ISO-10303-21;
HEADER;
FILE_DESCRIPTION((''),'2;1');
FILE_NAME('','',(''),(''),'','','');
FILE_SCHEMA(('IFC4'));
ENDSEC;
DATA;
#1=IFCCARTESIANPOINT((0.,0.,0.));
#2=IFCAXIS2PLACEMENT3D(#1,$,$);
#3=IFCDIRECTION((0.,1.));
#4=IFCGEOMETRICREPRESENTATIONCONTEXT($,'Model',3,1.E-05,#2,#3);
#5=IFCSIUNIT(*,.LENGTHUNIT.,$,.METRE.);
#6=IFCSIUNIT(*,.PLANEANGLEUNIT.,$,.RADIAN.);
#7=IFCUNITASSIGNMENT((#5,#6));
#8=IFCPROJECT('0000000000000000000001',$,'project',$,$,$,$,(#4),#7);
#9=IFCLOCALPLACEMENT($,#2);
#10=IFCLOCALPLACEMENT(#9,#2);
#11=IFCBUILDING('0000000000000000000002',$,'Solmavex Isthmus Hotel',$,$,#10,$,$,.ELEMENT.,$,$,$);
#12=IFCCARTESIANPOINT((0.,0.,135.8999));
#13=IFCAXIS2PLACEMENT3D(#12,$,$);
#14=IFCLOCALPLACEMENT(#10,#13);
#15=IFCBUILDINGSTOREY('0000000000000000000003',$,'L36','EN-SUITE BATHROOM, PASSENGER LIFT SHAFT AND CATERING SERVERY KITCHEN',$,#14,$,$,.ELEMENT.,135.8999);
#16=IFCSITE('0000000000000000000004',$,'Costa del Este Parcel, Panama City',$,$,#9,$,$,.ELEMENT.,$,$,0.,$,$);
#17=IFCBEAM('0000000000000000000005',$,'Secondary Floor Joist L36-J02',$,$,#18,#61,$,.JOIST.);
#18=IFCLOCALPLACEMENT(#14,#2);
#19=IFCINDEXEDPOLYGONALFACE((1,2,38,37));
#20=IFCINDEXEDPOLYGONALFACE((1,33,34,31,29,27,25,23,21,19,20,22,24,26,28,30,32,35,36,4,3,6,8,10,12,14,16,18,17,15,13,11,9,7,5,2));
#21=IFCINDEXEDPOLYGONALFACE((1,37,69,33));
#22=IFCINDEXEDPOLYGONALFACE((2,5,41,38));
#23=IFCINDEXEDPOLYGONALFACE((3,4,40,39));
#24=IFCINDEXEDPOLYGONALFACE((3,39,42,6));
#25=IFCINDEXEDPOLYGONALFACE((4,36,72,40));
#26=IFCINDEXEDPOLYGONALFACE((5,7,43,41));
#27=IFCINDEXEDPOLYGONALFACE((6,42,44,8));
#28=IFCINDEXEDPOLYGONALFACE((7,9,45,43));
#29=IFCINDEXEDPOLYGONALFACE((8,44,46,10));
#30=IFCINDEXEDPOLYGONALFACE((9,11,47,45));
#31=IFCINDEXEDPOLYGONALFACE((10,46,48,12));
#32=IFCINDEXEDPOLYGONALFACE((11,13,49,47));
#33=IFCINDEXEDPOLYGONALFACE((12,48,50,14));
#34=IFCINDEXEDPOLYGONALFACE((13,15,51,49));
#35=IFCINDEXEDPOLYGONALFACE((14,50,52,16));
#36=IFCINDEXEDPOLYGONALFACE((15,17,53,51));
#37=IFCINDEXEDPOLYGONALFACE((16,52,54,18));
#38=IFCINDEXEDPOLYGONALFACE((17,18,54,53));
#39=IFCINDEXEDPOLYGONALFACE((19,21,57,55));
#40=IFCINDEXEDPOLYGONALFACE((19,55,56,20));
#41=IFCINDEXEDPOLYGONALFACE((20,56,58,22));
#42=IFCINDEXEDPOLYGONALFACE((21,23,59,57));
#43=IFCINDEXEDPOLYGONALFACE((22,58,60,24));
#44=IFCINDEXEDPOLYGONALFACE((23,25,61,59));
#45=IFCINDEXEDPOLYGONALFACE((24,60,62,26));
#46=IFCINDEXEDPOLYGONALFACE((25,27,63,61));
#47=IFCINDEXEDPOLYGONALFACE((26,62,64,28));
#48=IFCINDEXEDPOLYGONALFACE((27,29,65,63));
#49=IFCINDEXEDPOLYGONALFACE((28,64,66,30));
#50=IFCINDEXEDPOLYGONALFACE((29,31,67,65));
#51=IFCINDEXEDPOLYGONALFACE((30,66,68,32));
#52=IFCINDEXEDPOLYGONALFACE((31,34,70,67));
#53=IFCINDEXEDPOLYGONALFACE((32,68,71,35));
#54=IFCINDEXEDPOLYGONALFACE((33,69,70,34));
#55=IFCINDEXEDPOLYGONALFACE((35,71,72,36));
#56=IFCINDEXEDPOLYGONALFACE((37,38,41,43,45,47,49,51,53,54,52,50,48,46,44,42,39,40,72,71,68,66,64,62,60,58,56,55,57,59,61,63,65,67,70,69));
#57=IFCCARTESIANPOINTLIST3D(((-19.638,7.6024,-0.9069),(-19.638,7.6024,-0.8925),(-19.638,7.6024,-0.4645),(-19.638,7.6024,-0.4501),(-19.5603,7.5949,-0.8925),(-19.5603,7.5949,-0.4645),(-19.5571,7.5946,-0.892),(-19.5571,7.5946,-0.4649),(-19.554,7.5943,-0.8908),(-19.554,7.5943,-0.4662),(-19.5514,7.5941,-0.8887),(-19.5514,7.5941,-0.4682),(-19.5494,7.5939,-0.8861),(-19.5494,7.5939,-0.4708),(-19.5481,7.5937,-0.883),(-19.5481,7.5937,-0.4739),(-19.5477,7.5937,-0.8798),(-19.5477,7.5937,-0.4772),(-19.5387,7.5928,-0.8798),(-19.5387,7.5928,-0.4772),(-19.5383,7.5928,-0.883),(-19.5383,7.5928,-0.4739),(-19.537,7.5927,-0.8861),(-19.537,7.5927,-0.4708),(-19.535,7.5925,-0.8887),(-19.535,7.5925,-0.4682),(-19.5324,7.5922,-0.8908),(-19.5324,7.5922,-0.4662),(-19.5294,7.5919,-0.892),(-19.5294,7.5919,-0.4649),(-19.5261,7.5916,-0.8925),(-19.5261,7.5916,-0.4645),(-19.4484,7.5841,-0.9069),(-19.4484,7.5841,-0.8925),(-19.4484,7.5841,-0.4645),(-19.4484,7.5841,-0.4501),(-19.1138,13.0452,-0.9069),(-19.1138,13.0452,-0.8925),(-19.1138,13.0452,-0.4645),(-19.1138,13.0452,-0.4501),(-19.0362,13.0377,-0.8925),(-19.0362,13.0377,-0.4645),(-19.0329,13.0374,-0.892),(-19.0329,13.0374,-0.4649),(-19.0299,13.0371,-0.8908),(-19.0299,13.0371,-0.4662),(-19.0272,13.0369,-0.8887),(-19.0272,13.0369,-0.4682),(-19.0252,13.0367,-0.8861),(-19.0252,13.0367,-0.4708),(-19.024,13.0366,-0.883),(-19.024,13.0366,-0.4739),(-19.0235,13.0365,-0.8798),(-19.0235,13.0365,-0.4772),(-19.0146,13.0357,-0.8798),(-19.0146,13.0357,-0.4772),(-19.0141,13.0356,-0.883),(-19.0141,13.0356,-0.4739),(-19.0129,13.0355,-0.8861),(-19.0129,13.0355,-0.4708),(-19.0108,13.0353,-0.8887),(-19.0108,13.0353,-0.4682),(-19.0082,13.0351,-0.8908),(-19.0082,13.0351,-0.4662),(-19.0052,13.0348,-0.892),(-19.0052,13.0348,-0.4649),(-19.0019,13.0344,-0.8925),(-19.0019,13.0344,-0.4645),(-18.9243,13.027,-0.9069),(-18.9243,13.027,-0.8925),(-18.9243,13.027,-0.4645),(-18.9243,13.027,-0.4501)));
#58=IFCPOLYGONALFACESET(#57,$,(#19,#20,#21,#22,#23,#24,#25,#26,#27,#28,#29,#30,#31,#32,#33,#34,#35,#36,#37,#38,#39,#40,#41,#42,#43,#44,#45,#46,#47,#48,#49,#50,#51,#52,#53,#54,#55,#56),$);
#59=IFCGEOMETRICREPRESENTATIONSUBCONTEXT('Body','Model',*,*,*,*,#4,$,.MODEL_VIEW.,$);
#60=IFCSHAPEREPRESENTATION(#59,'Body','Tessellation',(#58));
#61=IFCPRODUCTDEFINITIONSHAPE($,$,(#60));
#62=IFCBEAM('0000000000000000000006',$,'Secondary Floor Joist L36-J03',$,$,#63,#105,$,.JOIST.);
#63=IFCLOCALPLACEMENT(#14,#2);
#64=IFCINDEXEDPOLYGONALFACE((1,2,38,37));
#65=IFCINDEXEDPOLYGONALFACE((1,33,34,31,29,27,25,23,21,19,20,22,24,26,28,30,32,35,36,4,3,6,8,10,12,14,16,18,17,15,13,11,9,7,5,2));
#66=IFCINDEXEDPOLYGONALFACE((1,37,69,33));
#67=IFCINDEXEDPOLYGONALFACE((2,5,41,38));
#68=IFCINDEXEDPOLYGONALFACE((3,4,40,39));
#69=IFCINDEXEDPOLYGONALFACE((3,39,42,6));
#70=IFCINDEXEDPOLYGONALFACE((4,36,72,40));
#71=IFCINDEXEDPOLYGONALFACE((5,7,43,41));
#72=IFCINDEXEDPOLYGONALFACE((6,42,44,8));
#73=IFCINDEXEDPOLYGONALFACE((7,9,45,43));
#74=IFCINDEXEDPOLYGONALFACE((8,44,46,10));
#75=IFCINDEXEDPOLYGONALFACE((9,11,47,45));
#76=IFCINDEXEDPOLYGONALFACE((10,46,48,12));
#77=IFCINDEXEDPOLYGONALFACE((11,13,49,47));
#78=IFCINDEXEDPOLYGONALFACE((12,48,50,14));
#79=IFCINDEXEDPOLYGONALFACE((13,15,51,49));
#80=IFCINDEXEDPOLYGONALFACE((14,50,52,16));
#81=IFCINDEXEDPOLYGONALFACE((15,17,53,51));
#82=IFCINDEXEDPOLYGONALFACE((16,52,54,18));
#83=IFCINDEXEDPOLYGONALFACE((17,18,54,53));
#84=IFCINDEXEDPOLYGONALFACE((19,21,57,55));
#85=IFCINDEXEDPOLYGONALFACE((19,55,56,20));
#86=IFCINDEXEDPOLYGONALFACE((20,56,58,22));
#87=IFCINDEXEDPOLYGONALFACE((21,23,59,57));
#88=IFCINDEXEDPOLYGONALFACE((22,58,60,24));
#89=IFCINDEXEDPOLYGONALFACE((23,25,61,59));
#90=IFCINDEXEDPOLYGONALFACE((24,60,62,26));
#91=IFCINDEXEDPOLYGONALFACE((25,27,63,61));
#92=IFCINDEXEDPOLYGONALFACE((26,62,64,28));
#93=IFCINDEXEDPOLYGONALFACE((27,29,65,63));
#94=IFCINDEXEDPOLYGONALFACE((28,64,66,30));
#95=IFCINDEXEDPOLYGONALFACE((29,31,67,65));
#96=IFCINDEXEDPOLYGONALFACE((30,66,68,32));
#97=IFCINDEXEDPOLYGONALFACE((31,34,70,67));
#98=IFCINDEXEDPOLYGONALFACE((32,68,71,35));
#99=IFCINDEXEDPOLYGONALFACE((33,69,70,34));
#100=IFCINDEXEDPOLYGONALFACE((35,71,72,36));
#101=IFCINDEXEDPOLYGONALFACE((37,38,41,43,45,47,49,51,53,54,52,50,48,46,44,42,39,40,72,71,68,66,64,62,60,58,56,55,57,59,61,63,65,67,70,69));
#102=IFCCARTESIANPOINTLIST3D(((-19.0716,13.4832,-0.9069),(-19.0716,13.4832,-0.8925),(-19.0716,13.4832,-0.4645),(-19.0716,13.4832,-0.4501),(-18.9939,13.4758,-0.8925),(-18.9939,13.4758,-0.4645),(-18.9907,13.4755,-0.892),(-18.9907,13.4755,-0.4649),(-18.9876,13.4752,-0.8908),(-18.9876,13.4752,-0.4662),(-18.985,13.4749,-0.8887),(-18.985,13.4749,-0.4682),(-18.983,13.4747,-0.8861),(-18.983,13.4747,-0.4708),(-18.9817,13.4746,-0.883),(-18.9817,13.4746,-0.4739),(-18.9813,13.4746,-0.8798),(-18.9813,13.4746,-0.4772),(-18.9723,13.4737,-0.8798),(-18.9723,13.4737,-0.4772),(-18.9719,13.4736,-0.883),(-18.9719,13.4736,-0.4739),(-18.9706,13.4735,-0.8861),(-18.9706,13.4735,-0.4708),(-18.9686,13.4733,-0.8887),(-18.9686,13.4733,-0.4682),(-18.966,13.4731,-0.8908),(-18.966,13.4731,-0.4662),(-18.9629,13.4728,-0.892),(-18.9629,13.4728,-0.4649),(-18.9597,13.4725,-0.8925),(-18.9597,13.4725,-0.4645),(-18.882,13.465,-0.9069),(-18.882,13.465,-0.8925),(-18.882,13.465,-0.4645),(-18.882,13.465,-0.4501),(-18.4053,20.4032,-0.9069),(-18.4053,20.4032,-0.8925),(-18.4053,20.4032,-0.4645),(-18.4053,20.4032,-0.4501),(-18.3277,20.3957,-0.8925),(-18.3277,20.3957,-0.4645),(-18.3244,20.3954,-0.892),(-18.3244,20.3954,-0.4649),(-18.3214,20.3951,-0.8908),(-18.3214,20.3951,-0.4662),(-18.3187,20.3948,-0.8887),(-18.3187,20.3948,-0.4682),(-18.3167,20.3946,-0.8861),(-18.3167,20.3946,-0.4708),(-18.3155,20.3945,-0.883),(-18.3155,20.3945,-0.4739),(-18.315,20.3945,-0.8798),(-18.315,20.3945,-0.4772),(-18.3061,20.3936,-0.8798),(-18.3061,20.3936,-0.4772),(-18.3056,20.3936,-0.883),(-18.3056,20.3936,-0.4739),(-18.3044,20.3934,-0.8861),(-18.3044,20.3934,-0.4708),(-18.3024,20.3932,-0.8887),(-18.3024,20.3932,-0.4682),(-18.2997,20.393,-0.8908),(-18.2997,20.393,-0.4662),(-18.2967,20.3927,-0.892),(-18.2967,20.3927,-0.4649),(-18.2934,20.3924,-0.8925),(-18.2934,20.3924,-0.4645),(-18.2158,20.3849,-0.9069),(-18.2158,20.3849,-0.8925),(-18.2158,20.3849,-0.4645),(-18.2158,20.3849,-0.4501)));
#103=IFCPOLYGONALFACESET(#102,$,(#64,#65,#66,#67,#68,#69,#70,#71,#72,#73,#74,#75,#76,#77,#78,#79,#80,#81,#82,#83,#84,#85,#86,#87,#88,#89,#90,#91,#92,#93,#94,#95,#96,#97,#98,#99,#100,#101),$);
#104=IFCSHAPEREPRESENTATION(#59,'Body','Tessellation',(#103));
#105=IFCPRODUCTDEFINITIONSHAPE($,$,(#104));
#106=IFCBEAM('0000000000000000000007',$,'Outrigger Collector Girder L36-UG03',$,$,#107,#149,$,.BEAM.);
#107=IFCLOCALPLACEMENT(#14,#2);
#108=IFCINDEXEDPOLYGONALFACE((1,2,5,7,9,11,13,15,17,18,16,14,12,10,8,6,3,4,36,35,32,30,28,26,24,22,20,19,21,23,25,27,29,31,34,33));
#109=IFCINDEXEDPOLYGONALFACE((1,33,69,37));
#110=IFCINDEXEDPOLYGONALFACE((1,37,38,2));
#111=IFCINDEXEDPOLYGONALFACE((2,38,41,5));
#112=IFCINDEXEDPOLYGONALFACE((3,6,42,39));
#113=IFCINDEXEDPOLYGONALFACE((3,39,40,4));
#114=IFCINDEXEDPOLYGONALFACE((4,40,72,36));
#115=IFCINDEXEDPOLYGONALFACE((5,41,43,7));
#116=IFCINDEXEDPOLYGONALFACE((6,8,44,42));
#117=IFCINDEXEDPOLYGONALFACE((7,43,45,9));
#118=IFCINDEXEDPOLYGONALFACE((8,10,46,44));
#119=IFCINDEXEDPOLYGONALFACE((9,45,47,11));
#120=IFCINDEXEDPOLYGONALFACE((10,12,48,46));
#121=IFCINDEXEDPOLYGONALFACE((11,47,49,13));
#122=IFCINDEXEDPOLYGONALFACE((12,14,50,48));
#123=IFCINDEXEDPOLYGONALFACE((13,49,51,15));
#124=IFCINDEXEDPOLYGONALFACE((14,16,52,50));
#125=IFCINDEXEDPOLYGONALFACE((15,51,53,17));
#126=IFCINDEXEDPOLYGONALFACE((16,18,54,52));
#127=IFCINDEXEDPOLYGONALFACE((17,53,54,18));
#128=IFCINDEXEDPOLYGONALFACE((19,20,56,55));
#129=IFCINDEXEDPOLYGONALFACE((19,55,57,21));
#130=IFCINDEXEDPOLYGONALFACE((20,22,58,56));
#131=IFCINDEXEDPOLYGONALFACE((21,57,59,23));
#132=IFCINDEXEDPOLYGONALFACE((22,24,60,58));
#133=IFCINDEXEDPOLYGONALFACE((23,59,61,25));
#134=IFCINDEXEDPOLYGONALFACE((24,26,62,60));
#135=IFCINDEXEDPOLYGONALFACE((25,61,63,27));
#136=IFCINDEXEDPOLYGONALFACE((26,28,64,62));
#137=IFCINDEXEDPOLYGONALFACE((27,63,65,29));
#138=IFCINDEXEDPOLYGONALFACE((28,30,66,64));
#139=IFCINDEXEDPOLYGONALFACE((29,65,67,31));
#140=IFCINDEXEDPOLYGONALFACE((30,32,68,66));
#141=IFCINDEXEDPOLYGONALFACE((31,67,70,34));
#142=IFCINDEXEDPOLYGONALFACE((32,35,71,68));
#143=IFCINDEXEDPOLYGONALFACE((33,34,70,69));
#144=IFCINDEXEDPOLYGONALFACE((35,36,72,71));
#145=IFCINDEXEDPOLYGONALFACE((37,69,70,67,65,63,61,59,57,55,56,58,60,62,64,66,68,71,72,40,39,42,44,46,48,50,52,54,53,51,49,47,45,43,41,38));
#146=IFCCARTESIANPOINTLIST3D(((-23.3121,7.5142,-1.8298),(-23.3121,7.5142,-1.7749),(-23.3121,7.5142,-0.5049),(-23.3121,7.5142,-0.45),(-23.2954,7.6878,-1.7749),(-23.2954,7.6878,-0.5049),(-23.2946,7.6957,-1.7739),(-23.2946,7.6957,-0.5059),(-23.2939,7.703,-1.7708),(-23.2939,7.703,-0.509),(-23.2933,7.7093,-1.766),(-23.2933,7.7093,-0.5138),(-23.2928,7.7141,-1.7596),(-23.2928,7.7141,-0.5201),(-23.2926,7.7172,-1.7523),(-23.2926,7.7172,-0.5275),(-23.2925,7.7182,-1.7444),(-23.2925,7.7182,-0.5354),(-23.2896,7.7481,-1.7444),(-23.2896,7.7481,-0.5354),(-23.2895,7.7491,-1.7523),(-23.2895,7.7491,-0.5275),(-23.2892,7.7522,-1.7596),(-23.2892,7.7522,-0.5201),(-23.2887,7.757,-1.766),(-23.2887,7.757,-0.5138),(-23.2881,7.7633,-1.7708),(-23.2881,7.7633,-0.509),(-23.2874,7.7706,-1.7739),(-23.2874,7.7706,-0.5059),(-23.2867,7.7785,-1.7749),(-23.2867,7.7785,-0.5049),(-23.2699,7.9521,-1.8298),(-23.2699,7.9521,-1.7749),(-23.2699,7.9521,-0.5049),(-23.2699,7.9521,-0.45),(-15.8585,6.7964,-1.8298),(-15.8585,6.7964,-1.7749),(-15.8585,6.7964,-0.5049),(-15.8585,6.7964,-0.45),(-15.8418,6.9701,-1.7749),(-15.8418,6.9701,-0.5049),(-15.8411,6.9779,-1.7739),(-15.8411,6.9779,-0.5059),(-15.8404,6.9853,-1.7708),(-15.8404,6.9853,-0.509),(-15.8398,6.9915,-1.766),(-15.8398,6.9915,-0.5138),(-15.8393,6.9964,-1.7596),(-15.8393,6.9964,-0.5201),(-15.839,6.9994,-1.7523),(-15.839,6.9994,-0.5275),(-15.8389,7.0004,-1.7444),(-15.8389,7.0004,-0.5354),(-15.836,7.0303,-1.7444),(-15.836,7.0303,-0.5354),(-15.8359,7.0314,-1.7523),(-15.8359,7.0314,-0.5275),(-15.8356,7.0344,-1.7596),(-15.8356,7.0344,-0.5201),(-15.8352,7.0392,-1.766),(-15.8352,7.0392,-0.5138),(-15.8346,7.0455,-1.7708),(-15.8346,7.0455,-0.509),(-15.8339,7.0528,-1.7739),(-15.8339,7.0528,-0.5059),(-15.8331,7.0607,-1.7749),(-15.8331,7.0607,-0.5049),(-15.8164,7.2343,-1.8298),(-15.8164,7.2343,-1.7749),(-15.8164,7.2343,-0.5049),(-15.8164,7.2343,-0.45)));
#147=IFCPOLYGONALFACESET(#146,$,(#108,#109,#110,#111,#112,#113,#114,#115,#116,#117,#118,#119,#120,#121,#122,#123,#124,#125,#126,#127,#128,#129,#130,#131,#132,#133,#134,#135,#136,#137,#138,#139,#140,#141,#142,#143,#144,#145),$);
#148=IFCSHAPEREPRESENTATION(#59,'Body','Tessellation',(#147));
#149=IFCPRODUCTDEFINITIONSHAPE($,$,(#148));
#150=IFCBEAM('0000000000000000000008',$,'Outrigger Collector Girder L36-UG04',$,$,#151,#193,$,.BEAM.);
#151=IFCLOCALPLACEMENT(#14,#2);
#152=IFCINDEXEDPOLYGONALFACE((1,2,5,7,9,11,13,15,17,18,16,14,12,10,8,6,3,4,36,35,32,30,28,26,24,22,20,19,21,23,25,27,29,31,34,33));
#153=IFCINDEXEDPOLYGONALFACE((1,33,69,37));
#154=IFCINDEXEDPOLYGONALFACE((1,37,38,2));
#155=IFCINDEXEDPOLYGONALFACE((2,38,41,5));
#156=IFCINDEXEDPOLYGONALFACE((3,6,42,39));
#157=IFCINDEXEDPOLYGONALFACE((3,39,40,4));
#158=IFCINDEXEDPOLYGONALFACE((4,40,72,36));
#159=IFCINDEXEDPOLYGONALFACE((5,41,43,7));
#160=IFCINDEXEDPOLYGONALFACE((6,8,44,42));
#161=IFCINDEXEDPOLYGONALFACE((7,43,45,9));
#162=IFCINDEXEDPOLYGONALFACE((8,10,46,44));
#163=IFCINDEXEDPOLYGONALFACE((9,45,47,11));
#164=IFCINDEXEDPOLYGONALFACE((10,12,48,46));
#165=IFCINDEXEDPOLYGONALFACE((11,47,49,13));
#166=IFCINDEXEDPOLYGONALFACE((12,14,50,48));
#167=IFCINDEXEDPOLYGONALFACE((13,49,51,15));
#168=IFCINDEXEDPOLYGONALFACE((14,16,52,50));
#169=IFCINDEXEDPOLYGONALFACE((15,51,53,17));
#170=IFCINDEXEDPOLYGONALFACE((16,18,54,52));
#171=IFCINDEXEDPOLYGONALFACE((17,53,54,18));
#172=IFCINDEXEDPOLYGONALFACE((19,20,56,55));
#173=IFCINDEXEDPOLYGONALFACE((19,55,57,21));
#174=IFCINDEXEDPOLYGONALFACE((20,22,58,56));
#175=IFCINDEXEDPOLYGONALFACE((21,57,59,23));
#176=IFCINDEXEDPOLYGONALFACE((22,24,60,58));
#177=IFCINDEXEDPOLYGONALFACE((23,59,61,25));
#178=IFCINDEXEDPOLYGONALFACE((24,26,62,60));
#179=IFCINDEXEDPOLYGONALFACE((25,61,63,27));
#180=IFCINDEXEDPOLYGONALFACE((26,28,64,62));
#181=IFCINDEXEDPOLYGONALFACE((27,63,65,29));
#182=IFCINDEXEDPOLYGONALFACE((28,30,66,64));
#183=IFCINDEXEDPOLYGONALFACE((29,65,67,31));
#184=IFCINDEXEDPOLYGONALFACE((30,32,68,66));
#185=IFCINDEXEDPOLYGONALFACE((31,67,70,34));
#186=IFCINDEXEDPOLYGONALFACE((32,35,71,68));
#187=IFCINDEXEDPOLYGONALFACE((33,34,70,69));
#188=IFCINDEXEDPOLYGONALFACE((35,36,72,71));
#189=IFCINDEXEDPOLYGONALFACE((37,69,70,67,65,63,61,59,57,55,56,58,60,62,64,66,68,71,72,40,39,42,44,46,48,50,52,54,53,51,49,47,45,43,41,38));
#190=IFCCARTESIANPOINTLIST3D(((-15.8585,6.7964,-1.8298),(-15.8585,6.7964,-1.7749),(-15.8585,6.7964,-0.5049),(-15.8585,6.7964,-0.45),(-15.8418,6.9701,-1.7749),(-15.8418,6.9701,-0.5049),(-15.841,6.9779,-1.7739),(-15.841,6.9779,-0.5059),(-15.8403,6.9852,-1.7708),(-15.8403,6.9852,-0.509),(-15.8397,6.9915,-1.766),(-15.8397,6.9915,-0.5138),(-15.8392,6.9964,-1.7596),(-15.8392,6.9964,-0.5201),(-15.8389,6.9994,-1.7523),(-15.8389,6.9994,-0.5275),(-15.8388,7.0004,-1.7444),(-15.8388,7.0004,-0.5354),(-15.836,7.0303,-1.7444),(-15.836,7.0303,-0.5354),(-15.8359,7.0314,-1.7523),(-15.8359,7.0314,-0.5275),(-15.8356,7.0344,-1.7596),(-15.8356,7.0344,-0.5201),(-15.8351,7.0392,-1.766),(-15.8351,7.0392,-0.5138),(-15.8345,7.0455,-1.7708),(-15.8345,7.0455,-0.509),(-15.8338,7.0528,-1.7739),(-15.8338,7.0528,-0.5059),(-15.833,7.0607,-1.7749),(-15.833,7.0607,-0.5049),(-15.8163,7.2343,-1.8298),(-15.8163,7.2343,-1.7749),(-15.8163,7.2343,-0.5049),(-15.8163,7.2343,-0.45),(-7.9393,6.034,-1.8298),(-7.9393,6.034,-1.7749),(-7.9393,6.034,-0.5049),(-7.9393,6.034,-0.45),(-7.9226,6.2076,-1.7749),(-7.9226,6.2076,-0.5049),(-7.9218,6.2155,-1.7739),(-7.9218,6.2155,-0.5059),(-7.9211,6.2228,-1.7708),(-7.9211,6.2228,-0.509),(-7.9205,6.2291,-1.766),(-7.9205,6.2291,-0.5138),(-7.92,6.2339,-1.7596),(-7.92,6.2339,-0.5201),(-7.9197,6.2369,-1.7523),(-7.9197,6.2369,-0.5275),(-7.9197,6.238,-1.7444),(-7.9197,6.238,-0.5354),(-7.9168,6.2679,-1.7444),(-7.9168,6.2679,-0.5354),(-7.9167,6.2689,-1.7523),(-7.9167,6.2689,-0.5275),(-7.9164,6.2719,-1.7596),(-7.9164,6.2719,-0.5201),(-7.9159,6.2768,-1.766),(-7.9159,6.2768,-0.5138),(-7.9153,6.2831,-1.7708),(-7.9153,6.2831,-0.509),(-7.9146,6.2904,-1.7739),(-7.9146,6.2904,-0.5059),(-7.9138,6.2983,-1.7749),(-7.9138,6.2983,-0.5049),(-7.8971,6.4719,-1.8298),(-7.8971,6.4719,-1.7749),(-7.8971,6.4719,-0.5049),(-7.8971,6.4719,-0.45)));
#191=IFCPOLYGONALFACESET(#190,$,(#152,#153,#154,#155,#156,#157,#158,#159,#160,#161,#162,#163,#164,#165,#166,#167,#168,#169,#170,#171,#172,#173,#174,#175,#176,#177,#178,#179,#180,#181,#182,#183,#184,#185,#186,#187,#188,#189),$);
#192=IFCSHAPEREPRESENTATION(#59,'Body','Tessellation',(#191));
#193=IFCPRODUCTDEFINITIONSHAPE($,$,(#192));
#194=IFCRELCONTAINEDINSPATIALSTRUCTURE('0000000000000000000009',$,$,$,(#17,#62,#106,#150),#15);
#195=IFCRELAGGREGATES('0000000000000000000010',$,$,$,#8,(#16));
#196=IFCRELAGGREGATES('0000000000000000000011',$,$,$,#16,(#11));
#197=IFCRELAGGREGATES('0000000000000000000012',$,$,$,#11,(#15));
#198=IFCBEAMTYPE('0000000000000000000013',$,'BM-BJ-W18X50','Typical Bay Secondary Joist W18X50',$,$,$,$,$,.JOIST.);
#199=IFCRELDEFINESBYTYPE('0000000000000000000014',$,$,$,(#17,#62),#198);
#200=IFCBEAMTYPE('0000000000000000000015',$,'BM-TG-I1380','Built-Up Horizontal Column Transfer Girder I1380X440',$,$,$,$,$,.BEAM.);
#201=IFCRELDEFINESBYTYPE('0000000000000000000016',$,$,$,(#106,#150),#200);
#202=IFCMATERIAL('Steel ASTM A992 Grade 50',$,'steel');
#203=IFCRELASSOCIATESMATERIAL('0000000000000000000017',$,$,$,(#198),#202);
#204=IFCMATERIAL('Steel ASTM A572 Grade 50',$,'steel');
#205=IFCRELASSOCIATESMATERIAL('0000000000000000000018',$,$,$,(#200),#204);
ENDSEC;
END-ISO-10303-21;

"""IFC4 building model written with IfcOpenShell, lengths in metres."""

from ifc_helpers import new_model, si_unit, direction, frame, origin, origin_2d, place, context, subcontext, project, spatial, i_section, extrude, material, material_profile, profile_set, type_object, element, save


model = new_model("IFC4")

# Units and contexts
model_context = context("Model", 3, precision=1e-05, world=origin(), true_north=direction((0.0, 1.0)))
body_context = subcontext(model_context, "Body", "Model", "MODEL_VIEW")
ifc_project = project(units=[si_unit("LENGTHUNIT", "METRE"), si_unit("PLANEANGLEUNIT", "RADIAN")], contexts=[model_context])

# Site, building, storey
site_placement = place(None, origin())
site = spatial("IfcSite", under=ifc_project, at=site_placement, Name="Costa del Este Parcel, Panama City", CompositionType="ELEMENT", RefElevation=0.0)
building_placement = place(site_placement, origin())
building = spatial("IfcBuilding", under=site, at=building_placement, Name="Solmavex Isthmus Hotel", CompositionType="ELEMENT")
storey_placement = place(building_placement, frame((0.0, 0.0, 135.8999)))
storey = spatial("IfcBuildingStorey", under=building, at=storey_placement, Name="L36", Description="EN-SUITE BATHROOM, PASSENGER LIFT SHAFT AND CATERING SERVERY KITCHEN", CompositionType="ELEMENT", Elevation=135.8999)

# Beams
ifc_material_1 = material(Name="Steel ASTM A992 Grade 50", Category="steel")
ifc_material_profile_1 = material_profile(ifc_material_1, i_section(OverallWidth=0.1904, OverallDepth=0.4568, WebThickness=0.009, FlangeThickness=0.0144, FilletRadius=0.0127, at=origin_2d()), Name="W18X50")
ifc_profile_set_1 = profile_set([ifc_material_profile_1], Name="Steel ASTM A992 Grade 50")
beam_type_1 = type_object("IfcBeamType", Name="BM-BJ-W18X50", Description="Typical Bay Secondary Joist W18X50", PredefinedType="JOIST", material=ifc_profile_set_1)
beam_1_placement = place(storey_placement, frame((-19.5432, 7.5933, -0.6785), z_axis=(0.09586, 0.995395, 0.0), x_axis=(-0.995395, 0.09586, 0.0)))
element("IfcBeam", 1, at=beam_1_placement, inside=storey, type_object=beam_type_1, Name="Secondary Floor Joist L36-J02", PredefinedType="JOIST", context=body_context, shape_type="SweptSolid", body=[
    extrude(i_section(OverallWidth=0.1904, OverallDepth=0.4568, WebThickness=0.009, FlangeThickness=0.0144, FilletRadius=0.0127, at=origin_2d()), origin(), (0.0, 0.0, 1.0), 5.468),
])
beam_2_placement = place(storey_placement, frame((-18.9768, 13.4741, -0.6785), z_axis=(0.095838, 0.995397, 0.0), x_axis=(-0.995397, 0.095838, 0.0)))
element("IfcBeam", 2, at=beam_2_placement, inside=storey, type_object=beam_type_1, Name="Secondary Floor Joist L36-J03", PredefinedType="JOIST", context=body_context, shape_type="SweptSolid", body=[
    extrude(i_section(OverallWidth=0.1904, OverallDepth=0.4568, WebThickness=0.009, FlangeThickness=0.0144, FilletRadius=0.0127, at=origin_2d()), origin(), (0.0, 0.0, 1.0), 6.9519),
])
ifc_material_2 = material(Name="Steel ASTM A572 Grade 50", Category="steel")
ifc_material_profile_2 = material_profile(ifc_material_2, i_section(OverallWidth=0.4399, OverallDepth=1.3799, WebThickness=0.03, FlangeThickness=0.0549, FilletRadius=0.0305, at=origin_2d()), Name="I1380X440")
ifc_profile_set_2 = profile_set([ifc_material_profile_2], Name="Steel ASTM A572 Grade 50")
beam_type_2 = type_object("IfcBeamType", Name="BM-TG-I1380", Description="Built-Up Horizontal Column Transfer Girder I1380X440", PredefinedType="BEAM", material=ifc_profile_set_2)
beam_3_placement = place(storey_placement, frame((-23.291, 7.7332, -1.1399), z_axis=(0.995395, -0.095855, 0.0), x_axis=(0.095855, 0.995395, 0.0)))
element("IfcBeam", 3, at=beam_3_placement, inside=storey, type_object=beam_type_2, Name="Outrigger Collector Girder L36-UG03", PredefinedType="BEAM", context=body_context, shape_type="SweptSolid", body=[
    extrude(i_section(OverallWidth=0.4399, OverallDepth=1.3799, WebThickness=0.03, FlangeThickness=0.0549, FilletRadius=0.0305, at=origin_2d()), origin(), (0.0, 0.0, 1.0), 7.488),
])
beam_4_placement = place(storey_placement, frame((-15.8374, 7.0154, -1.1399), z_axis=(0.995397, -0.095836, 0.0), x_axis=(0.095836, 0.995397, 0.0)))
element("IfcBeam", 4, at=beam_4_placement, inside=storey, type_object=beam_type_2, Name="Outrigger Collector Girder L36-UG04", PredefinedType="BEAM", context=body_context, shape_type="SweptSolid", body=[
    extrude(i_section(OverallWidth=0.4399, OverallDepth=1.3799, WebThickness=0.03, FlangeThickness=0.0549, FilletRadius=0.0305, at=origin_2d()), origin(), (0.0, 0.0, 1.0), 7.9558),
])

save(model, "model.ifc")
